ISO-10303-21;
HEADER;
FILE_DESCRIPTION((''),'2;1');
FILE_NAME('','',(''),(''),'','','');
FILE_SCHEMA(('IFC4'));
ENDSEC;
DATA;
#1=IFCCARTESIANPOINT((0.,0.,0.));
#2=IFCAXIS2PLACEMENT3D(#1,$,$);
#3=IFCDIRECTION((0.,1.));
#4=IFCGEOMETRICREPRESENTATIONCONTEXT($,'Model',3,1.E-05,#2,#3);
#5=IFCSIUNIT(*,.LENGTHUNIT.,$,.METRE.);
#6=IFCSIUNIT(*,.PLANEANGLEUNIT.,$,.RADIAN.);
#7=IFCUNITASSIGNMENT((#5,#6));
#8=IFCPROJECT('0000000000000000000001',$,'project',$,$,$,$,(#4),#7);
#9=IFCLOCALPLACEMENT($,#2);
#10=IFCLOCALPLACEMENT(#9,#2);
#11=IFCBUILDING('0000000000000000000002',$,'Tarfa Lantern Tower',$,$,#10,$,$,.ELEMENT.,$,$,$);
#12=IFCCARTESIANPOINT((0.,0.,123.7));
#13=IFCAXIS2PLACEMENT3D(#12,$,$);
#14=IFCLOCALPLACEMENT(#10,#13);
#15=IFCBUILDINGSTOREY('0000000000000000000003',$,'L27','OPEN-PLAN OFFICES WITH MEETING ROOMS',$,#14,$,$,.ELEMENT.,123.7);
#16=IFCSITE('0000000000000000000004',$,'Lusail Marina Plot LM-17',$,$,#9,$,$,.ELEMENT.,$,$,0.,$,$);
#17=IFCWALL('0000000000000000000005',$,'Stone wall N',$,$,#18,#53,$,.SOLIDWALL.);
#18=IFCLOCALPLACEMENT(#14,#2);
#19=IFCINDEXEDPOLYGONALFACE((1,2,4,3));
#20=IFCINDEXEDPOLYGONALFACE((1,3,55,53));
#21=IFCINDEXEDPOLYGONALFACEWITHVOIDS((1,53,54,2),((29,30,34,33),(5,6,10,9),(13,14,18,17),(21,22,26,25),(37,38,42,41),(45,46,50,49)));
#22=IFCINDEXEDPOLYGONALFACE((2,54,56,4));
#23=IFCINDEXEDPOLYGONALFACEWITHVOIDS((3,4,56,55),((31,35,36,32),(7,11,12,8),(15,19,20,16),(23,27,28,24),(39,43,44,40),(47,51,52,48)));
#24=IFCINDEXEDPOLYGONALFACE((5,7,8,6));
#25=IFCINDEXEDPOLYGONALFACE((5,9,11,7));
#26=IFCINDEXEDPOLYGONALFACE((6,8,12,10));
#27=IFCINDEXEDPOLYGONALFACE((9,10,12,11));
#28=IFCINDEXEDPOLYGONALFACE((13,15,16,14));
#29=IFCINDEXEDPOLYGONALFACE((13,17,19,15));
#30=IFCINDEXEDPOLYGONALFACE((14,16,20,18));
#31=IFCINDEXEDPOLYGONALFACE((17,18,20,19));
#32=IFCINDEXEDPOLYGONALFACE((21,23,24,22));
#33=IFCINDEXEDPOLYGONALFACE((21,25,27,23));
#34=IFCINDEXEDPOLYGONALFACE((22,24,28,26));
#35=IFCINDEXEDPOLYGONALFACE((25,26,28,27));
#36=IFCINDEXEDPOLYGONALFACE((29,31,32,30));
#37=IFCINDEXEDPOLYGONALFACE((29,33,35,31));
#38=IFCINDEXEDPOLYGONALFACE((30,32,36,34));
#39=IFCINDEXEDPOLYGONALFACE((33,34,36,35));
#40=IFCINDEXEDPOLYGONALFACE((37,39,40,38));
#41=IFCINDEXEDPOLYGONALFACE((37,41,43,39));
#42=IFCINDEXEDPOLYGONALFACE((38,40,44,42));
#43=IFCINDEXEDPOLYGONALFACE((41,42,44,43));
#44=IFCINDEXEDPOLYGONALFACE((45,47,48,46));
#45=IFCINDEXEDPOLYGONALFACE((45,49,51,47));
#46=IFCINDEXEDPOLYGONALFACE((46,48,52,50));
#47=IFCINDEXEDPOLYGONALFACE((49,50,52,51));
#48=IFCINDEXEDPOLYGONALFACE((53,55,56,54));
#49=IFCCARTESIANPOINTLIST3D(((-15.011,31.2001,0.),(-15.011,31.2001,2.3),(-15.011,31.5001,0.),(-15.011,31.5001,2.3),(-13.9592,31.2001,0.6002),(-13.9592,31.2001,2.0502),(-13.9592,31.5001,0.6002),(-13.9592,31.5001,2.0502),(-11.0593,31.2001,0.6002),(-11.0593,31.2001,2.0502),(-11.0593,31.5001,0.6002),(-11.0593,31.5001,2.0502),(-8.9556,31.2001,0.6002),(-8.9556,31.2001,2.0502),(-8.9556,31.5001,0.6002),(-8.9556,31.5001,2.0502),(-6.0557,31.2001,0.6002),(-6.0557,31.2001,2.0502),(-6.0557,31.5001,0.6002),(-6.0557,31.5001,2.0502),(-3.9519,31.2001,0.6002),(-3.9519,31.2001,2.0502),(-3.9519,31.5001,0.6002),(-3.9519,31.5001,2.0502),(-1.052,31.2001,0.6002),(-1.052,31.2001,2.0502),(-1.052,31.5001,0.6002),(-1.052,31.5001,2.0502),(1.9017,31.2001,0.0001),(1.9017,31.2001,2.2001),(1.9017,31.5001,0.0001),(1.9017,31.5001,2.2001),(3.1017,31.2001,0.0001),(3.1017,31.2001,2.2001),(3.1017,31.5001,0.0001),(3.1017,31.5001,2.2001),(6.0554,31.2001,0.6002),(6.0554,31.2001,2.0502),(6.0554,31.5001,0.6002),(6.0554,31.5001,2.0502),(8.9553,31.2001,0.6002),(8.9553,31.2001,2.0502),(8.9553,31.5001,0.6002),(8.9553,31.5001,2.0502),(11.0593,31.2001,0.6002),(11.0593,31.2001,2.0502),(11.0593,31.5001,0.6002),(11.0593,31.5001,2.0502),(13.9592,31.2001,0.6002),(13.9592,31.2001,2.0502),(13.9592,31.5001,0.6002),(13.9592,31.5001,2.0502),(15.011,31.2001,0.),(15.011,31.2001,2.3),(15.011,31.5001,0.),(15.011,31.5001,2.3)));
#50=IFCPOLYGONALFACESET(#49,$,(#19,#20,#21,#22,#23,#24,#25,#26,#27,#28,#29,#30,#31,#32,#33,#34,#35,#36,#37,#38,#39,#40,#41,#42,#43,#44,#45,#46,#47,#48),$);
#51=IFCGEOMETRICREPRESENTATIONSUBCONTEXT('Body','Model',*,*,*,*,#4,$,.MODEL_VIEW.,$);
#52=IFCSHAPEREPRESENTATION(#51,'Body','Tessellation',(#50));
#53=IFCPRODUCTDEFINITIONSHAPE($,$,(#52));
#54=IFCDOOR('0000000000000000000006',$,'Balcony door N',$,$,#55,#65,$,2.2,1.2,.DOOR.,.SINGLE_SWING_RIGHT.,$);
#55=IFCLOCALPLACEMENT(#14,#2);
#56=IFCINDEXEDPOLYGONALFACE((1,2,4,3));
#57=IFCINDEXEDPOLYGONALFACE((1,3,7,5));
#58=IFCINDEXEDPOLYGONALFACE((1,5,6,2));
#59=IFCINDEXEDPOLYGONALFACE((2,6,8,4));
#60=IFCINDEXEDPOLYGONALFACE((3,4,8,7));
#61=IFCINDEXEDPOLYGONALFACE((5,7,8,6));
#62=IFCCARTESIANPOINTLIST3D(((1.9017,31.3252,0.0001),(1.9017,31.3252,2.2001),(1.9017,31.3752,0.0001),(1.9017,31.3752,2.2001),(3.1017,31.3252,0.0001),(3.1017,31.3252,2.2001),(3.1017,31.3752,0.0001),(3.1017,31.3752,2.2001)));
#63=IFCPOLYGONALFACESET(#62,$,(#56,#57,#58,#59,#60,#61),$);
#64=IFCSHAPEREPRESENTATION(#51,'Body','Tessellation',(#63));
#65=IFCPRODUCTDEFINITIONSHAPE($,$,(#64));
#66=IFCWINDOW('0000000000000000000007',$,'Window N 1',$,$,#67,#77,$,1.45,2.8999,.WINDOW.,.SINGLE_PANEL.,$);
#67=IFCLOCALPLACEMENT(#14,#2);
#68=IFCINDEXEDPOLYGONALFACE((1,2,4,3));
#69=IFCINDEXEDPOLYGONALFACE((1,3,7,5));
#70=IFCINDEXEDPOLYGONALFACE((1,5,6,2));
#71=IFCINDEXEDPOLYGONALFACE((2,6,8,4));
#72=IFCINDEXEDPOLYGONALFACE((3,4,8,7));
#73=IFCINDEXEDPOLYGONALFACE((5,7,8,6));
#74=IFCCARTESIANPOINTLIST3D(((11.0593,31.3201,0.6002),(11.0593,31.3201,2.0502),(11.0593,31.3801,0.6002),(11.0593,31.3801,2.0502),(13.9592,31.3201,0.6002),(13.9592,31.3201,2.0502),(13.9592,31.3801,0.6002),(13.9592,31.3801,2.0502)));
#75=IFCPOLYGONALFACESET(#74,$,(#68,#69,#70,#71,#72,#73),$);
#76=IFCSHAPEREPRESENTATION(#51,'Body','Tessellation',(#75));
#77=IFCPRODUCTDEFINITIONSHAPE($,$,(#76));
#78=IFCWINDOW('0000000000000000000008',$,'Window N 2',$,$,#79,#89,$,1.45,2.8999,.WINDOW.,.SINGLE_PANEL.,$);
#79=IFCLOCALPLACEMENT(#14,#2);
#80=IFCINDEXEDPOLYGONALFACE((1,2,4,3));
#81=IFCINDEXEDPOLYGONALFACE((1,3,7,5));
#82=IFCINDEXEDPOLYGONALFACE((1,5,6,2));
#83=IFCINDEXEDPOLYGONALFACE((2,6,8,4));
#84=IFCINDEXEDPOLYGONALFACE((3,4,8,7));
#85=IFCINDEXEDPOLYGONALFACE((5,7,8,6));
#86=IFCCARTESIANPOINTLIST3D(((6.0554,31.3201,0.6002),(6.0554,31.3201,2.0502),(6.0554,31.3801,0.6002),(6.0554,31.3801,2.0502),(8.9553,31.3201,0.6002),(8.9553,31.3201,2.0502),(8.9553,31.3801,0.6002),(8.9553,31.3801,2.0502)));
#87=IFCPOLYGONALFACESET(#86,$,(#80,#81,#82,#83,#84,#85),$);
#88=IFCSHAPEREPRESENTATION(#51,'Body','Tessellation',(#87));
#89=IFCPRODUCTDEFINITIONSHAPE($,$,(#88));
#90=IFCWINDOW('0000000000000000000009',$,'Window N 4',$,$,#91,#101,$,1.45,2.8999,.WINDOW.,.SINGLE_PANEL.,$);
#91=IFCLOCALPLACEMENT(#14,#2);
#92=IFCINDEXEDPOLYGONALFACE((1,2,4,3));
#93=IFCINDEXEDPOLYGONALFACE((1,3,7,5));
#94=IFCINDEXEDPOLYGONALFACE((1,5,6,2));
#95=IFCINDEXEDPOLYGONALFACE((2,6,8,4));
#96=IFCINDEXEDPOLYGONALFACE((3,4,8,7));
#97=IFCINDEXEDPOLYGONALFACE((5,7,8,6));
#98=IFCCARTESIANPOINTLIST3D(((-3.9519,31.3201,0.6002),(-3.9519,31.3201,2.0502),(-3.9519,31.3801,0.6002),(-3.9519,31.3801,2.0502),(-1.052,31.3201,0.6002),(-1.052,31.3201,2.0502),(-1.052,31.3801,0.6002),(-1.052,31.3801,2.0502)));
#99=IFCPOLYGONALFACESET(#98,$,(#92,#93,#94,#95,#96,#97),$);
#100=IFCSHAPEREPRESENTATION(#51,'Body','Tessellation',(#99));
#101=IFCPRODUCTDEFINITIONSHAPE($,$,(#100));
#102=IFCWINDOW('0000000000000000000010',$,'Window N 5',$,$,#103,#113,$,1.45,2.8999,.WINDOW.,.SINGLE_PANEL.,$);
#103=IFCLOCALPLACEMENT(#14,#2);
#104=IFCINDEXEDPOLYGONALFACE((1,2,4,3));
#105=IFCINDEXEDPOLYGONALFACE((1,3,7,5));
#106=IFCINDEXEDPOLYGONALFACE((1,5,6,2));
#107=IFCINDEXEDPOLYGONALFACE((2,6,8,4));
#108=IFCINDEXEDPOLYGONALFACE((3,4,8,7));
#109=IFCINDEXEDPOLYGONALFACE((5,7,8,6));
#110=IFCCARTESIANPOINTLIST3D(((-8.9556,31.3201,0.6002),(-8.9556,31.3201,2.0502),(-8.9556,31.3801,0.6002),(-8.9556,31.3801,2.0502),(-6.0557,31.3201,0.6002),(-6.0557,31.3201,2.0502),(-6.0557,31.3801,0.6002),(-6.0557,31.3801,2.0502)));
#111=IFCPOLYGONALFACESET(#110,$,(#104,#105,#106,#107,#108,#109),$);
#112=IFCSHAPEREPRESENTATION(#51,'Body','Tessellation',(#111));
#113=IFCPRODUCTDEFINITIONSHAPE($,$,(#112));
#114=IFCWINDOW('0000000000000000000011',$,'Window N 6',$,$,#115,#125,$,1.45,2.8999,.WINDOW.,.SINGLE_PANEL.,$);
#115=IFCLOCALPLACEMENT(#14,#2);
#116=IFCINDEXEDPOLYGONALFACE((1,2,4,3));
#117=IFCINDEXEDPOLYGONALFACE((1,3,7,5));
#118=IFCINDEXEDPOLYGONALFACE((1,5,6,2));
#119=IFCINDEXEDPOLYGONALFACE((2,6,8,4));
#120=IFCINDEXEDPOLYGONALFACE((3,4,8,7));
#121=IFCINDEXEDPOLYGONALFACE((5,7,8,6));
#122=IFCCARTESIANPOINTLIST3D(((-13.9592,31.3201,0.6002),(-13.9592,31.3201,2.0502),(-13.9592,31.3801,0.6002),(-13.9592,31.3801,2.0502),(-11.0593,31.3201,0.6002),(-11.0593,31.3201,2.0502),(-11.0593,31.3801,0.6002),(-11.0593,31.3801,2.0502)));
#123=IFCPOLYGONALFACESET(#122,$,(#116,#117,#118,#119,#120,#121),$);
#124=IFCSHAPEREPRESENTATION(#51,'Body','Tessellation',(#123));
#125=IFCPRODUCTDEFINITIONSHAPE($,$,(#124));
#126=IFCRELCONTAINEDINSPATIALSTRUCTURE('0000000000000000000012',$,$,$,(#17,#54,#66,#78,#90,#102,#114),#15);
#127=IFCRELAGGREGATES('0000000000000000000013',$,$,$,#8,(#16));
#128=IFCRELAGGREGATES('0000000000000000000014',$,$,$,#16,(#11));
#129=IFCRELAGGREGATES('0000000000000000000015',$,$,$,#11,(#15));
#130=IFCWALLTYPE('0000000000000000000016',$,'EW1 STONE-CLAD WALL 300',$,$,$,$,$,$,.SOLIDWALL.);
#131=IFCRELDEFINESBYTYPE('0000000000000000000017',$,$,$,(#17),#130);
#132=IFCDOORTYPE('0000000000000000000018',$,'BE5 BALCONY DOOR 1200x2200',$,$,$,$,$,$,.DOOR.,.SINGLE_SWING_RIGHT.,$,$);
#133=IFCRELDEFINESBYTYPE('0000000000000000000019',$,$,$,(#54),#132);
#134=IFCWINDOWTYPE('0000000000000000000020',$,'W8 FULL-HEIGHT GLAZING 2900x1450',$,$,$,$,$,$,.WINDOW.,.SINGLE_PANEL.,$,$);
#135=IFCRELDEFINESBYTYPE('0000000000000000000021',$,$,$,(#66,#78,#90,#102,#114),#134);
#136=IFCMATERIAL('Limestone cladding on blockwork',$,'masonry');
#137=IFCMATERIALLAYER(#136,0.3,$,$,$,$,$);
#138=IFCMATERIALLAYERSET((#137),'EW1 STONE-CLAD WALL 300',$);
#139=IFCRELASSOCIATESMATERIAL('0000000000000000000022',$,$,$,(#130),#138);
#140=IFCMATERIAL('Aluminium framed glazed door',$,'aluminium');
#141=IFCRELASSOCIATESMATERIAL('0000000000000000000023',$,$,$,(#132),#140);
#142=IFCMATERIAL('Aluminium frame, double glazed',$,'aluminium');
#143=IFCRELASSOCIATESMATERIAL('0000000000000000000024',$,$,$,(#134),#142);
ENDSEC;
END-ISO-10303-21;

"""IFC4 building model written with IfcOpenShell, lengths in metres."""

from ifc_helpers import new_model, si_unit, direction, frame, frame_2d, origin, place, context, subcontext, project, spatial, rectangle, extrude, material, layer, layer_set, type_object, element, fill, save


model = new_model("IFC4")

# Units and contexts
model_context = context("Model", 3, precision=1e-05, world=origin(), true_north=direction((0.0, 1.0)))
body_context = subcontext(model_context, "Body", "Model", "MODEL_VIEW")
ifc_project = project(units=[si_unit("LENGTHUNIT", "METRE"), si_unit("PLANEANGLEUNIT", "RADIAN")], contexts=[model_context])

# Site, building, storey
site_placement = place(None, origin())
site = spatial("IfcSite", under=ifc_project, at=site_placement, Name="Lusail Marina Plot LM-17", CompositionType="ELEMENT", RefElevation=0.0)
building_placement = place(site_placement, origin())
building = spatial("IfcBuilding", under=site, at=building_placement, Name="Tarfa Lantern Tower", CompositionType="ELEMENT")
storey_placement = place(building_placement, frame((0.0, 0.0, 123.7)))
storey = spatial("IfcBuildingStorey", under=building, at=storey_placement, Name="L27", Description="OPEN-PLAN OFFICES WITH MEETING ROOMS", CompositionType="ELEMENT", Elevation=123.7)

# Wall, openings, door, windows
ifc_material_1 = material(Name="Limestone cladding on blockwork", Category="masonry")
ifc_layer_1 = layer(ifc_material_1, 0.3)
ifc_layer_set_1 = layer_set([ifc_layer_1], Name="EW1 STONE-CLAD WALL 300")
wall_type = type_object("IfcWallType", Name="EW1 STONE-CLAD WALL 300", PredefinedType="SOLIDWALL", material=ifc_layer_set_1)
wall_placement = place(storey_placement, frame((15.011, 31.3501, 0.0), z_axis=(0.0, 0.0, 1.0), x_axis=(-1.0, 0.0, 0.0)))
wall = element("IfcWall", 1, at=wall_placement, inside=storey, type_object=wall_type, Name="Stone wall N", PredefinedType="SOLIDWALL", context=body_context, shape_type="SweptSolid", body=[
    extrude(rectangle(XDim=30.022, YDim=0.3, at=frame_2d((15.011, 0.0))), origin(), (0.0, 0.0, 1.0), 2.3),
])
opening_1_placement = place(wall_placement, frame((1.0518, 0.0, 0.6001)))
opening_1 = element("IfcOpeningElement", 2, at=opening_1_placement, cuts=wall, PredefinedType="OPENING", context=body_context, shape_type="SweptSolid", body=[
    extrude(rectangle(XDim=2.8999, YDim=1.45, at=frame_2d((1.45, 0.7251))), frame((0.0, 0.1599, 0.0), z_axis=(0.0, -1.0, 0.0), x_axis=(1.0, 0.0, 0.0)), (0.0, 0.0, 1.0), 0.3201),
])
opening_2_placement = place(wall_placement, frame((6.0557, 0.0, 0.6001)))
opening_2 = element("IfcOpeningElement", 3, at=opening_2_placement, cuts=wall, PredefinedType="OPENING", context=body_context, shape_type="SweptSolid", body=[
    extrude(rectangle(XDim=2.8999, YDim=1.45, at=frame_2d((1.45, 0.7251))), frame((0.0, 0.1599, 0.0), z_axis=(0.0, -1.0, 0.0), x_axis=(1.0, 0.0, 0.0)), (0.0, 0.0, 1.0), 0.3201),
])
opening_3_placement = place(wall_placement, frame((11.9092, 0.0, 0.0)))
opening_3 = element("IfcOpeningElement", 4, at=opening_3_placement, cuts=wall, PredefinedType="OPENING", context=body_context, shape_type="SweptSolid", body=[
    extrude(rectangle(XDim=1.2, YDim=2.2, at=frame_2d((0.6001, 1.1001))), frame((0.0, 0.1599, 0.0), z_axis=(0.0, -1.0, 0.0), x_axis=(1.0, 0.0, 0.0)), (0.0, 0.0, 1.0), 0.3201),
])
opening_4_placement = place(wall_placement, frame((16.063, 0.0, 0.6001)))
opening_4 = element("IfcOpeningElement", 5, at=opening_4_placement, cuts=wall, PredefinedType="OPENING", context=body_context, shape_type="SweptSolid", body=[
    extrude(rectangle(XDim=2.8999, YDim=1.45, at=frame_2d((1.45, 0.7251))), frame((0.0, 0.1599, 0.0), z_axis=(0.0, -1.0, 0.0), x_axis=(1.0, 0.0, 0.0)), (0.0, 0.0, 1.0), 0.3201),
])
opening_5_placement = place(wall_placement, frame((21.0667, 0.0, 0.6001)))
opening_5 = element("IfcOpeningElement", 6, at=opening_5_placement, cuts=wall, PredefinedType="OPENING", context=body_context, shape_type="SweptSolid", body=[
    extrude(rectangle(XDim=2.8999, YDim=1.45, at=frame_2d((1.45, 0.7251))), frame((0.0, 0.1599, 0.0), z_axis=(0.0, -1.0, 0.0), x_axis=(1.0, 0.0, 0.0)), (0.0, 0.0, 1.0), 0.3201),
])
opening_6_placement = place(wall_placement, frame((26.0703, 0.0, 0.6001)))
opening_6 = element("IfcOpeningElement", 7, at=opening_6_placement, cuts=wall, PredefinedType="OPENING", context=body_context, shape_type="SweptSolid", body=[
    extrude(rectangle(XDim=2.8999, YDim=1.45, at=frame_2d((1.45, 0.7251))), frame((0.0, 0.1599, 0.0), z_axis=(0.0, -1.0, 0.0), x_axis=(1.0, 0.0, 0.0)), (0.0, 0.0, 1.0), 0.3201),
])
ifc_material_2 = material(Name="Aluminium framed glazed door", Category="aluminium")
door_type = type_object("IfcDoorType", Name="BE5 BALCONY DOOR 1200x2200", OperationType="SINGLE_SWING_RIGHT", PredefinedType="DOOR", material=ifc_material_2)
door_placement = place(opening_3_placement, origin())
door = element("IfcDoor", 8, at=door_placement, inside=storey, type_object=door_type, Name="Balcony door N", OperationType="SINGLE_SWING_RIGHT", OverallHeight=2.2, OverallWidth=1.2, PredefinedType="DOOR", context=body_context, shape_type="SweptSolid", body=[
    extrude(rectangle(XDim=1.2, YDim=2.2, at=frame_2d((0.6001, 1.1001))), frame((0.0, 0.0249, 0.0), z_axis=(0.0, -1.0, 0.0), x_axis=(1.0, 0.0, 0.0)), (0.0, 0.0, 1.0), 0.05),
])
fill(opening_3, door)
ifc_material_3 = material(Name="Aluminium frame, double glazed", Category="aluminium")
window_type = type_object("IfcWindowType", Name="W8 FULL-HEIGHT GLAZING 2900x1450", PartitioningType="SINGLE_PANEL", PredefinedType="WINDOW", material=ifc_material_3)
window_1_placement = place(opening_1_placement, origin())
window_1 = element("IfcWindow", 9, at=window_1_placement, inside=storey, type_object=window_type, Name="Window N 1", OverallHeight=1.45, OverallWidth=2.8999, PartitioningType="SINGLE_PANEL", PredefinedType="WINDOW", context=body_context, shape_type="SweptSolid", body=[
    extrude(rectangle(XDim=2.8999, YDim=1.45, at=frame_2d((1.45, 0.7251))), frame((0.0, 0.03, 0.0), z_axis=(0.0, -1.0, 0.0), x_axis=(1.0, 0.0, 0.0)), (0.0, 0.0, 1.0), 0.0601),
])
fill(opening_1, window_1)
window_2_placement = place(opening_2_placement, origin())
window_2 = element("IfcWindow", 10, at=window_2_placement, inside=storey, type_object=window_type, Name="Window N 2", OverallHeight=1.45, OverallWidth=2.8999, PartitioningType="SINGLE_PANEL", PredefinedType="WINDOW", context=body_context, shape_type="SweptSolid", body=[
    extrude(rectangle(XDim=2.8999, YDim=1.45, at=frame_2d((1.45, 0.7251))), frame((0.0, 0.03, 0.0), z_axis=(0.0, -1.0, 0.0), x_axis=(1.0, 0.0, 0.0)), (0.0, 0.0, 1.0), 0.0601),
])
fill(opening_2, window_2)
window_3_placement = place(opening_4_placement, origin())
window_3 = element("IfcWindow", 11, at=window_3_placement, inside=storey, type_object=window_type, Name="Window N 4", OverallHeight=1.45, OverallWidth=2.8999, PartitioningType="SINGLE_PANEL", PredefinedType="WINDOW", context=body_context, shape_type="SweptSolid", body=[
    extrude(rectangle(XDim=2.8999, YDim=1.45, at=frame_2d((1.45, 0.7251))), frame((0.0, 0.03, 0.0), z_axis=(0.0, -1.0, 0.0), x_axis=(1.0, 0.0, 0.0)), (0.0, 0.0, 1.0), 0.0601),
])
fill(opening_4, window_3)
window_4_placement = place(opening_5_placement, origin())
window_4 = element("IfcWindow", 12, at=window_4_placement, inside=storey, type_object=window_type, Name="Window N 5", OverallHeight=1.45, OverallWidth=2.8999, PartitioningType="SINGLE_PANEL", PredefinedType="WINDOW", context=body_context, shape_type="SweptSolid", body=[
    extrude(rectangle(XDim=2.8999, YDim=1.45, at=frame_2d((1.45, 0.7251))), frame((0.0, 0.03, 0.0), z_axis=(0.0, -1.0, 0.0), x_axis=(1.0, 0.0, 0.0)), (0.0, 0.0, 1.0), 0.0601),
])
fill(opening_5, window_4)
window_5_placement = place(opening_6_placement, origin())
window_5 = element("IfcWindow", 13, at=window_5_placement, inside=storey, type_object=window_type, Name="Window N 6", OverallHeight=1.45, OverallWidth=2.8999, PartitioningType="SINGLE_PANEL", PredefinedType="WINDOW", context=body_context, shape_type="SweptSolid", body=[
    extrude(rectangle(XDim=2.8999, YDim=1.45, at=frame_2d((1.45, 0.7251))), frame((0.0, 0.03, 0.0), z_axis=(0.0, -1.0, 0.0), x_axis=(1.0, 0.0, 0.0)), (0.0, 0.0, 1.0), 0.0601),
])
fill(opening_6, window_5)

save(model, "model.ifc")
